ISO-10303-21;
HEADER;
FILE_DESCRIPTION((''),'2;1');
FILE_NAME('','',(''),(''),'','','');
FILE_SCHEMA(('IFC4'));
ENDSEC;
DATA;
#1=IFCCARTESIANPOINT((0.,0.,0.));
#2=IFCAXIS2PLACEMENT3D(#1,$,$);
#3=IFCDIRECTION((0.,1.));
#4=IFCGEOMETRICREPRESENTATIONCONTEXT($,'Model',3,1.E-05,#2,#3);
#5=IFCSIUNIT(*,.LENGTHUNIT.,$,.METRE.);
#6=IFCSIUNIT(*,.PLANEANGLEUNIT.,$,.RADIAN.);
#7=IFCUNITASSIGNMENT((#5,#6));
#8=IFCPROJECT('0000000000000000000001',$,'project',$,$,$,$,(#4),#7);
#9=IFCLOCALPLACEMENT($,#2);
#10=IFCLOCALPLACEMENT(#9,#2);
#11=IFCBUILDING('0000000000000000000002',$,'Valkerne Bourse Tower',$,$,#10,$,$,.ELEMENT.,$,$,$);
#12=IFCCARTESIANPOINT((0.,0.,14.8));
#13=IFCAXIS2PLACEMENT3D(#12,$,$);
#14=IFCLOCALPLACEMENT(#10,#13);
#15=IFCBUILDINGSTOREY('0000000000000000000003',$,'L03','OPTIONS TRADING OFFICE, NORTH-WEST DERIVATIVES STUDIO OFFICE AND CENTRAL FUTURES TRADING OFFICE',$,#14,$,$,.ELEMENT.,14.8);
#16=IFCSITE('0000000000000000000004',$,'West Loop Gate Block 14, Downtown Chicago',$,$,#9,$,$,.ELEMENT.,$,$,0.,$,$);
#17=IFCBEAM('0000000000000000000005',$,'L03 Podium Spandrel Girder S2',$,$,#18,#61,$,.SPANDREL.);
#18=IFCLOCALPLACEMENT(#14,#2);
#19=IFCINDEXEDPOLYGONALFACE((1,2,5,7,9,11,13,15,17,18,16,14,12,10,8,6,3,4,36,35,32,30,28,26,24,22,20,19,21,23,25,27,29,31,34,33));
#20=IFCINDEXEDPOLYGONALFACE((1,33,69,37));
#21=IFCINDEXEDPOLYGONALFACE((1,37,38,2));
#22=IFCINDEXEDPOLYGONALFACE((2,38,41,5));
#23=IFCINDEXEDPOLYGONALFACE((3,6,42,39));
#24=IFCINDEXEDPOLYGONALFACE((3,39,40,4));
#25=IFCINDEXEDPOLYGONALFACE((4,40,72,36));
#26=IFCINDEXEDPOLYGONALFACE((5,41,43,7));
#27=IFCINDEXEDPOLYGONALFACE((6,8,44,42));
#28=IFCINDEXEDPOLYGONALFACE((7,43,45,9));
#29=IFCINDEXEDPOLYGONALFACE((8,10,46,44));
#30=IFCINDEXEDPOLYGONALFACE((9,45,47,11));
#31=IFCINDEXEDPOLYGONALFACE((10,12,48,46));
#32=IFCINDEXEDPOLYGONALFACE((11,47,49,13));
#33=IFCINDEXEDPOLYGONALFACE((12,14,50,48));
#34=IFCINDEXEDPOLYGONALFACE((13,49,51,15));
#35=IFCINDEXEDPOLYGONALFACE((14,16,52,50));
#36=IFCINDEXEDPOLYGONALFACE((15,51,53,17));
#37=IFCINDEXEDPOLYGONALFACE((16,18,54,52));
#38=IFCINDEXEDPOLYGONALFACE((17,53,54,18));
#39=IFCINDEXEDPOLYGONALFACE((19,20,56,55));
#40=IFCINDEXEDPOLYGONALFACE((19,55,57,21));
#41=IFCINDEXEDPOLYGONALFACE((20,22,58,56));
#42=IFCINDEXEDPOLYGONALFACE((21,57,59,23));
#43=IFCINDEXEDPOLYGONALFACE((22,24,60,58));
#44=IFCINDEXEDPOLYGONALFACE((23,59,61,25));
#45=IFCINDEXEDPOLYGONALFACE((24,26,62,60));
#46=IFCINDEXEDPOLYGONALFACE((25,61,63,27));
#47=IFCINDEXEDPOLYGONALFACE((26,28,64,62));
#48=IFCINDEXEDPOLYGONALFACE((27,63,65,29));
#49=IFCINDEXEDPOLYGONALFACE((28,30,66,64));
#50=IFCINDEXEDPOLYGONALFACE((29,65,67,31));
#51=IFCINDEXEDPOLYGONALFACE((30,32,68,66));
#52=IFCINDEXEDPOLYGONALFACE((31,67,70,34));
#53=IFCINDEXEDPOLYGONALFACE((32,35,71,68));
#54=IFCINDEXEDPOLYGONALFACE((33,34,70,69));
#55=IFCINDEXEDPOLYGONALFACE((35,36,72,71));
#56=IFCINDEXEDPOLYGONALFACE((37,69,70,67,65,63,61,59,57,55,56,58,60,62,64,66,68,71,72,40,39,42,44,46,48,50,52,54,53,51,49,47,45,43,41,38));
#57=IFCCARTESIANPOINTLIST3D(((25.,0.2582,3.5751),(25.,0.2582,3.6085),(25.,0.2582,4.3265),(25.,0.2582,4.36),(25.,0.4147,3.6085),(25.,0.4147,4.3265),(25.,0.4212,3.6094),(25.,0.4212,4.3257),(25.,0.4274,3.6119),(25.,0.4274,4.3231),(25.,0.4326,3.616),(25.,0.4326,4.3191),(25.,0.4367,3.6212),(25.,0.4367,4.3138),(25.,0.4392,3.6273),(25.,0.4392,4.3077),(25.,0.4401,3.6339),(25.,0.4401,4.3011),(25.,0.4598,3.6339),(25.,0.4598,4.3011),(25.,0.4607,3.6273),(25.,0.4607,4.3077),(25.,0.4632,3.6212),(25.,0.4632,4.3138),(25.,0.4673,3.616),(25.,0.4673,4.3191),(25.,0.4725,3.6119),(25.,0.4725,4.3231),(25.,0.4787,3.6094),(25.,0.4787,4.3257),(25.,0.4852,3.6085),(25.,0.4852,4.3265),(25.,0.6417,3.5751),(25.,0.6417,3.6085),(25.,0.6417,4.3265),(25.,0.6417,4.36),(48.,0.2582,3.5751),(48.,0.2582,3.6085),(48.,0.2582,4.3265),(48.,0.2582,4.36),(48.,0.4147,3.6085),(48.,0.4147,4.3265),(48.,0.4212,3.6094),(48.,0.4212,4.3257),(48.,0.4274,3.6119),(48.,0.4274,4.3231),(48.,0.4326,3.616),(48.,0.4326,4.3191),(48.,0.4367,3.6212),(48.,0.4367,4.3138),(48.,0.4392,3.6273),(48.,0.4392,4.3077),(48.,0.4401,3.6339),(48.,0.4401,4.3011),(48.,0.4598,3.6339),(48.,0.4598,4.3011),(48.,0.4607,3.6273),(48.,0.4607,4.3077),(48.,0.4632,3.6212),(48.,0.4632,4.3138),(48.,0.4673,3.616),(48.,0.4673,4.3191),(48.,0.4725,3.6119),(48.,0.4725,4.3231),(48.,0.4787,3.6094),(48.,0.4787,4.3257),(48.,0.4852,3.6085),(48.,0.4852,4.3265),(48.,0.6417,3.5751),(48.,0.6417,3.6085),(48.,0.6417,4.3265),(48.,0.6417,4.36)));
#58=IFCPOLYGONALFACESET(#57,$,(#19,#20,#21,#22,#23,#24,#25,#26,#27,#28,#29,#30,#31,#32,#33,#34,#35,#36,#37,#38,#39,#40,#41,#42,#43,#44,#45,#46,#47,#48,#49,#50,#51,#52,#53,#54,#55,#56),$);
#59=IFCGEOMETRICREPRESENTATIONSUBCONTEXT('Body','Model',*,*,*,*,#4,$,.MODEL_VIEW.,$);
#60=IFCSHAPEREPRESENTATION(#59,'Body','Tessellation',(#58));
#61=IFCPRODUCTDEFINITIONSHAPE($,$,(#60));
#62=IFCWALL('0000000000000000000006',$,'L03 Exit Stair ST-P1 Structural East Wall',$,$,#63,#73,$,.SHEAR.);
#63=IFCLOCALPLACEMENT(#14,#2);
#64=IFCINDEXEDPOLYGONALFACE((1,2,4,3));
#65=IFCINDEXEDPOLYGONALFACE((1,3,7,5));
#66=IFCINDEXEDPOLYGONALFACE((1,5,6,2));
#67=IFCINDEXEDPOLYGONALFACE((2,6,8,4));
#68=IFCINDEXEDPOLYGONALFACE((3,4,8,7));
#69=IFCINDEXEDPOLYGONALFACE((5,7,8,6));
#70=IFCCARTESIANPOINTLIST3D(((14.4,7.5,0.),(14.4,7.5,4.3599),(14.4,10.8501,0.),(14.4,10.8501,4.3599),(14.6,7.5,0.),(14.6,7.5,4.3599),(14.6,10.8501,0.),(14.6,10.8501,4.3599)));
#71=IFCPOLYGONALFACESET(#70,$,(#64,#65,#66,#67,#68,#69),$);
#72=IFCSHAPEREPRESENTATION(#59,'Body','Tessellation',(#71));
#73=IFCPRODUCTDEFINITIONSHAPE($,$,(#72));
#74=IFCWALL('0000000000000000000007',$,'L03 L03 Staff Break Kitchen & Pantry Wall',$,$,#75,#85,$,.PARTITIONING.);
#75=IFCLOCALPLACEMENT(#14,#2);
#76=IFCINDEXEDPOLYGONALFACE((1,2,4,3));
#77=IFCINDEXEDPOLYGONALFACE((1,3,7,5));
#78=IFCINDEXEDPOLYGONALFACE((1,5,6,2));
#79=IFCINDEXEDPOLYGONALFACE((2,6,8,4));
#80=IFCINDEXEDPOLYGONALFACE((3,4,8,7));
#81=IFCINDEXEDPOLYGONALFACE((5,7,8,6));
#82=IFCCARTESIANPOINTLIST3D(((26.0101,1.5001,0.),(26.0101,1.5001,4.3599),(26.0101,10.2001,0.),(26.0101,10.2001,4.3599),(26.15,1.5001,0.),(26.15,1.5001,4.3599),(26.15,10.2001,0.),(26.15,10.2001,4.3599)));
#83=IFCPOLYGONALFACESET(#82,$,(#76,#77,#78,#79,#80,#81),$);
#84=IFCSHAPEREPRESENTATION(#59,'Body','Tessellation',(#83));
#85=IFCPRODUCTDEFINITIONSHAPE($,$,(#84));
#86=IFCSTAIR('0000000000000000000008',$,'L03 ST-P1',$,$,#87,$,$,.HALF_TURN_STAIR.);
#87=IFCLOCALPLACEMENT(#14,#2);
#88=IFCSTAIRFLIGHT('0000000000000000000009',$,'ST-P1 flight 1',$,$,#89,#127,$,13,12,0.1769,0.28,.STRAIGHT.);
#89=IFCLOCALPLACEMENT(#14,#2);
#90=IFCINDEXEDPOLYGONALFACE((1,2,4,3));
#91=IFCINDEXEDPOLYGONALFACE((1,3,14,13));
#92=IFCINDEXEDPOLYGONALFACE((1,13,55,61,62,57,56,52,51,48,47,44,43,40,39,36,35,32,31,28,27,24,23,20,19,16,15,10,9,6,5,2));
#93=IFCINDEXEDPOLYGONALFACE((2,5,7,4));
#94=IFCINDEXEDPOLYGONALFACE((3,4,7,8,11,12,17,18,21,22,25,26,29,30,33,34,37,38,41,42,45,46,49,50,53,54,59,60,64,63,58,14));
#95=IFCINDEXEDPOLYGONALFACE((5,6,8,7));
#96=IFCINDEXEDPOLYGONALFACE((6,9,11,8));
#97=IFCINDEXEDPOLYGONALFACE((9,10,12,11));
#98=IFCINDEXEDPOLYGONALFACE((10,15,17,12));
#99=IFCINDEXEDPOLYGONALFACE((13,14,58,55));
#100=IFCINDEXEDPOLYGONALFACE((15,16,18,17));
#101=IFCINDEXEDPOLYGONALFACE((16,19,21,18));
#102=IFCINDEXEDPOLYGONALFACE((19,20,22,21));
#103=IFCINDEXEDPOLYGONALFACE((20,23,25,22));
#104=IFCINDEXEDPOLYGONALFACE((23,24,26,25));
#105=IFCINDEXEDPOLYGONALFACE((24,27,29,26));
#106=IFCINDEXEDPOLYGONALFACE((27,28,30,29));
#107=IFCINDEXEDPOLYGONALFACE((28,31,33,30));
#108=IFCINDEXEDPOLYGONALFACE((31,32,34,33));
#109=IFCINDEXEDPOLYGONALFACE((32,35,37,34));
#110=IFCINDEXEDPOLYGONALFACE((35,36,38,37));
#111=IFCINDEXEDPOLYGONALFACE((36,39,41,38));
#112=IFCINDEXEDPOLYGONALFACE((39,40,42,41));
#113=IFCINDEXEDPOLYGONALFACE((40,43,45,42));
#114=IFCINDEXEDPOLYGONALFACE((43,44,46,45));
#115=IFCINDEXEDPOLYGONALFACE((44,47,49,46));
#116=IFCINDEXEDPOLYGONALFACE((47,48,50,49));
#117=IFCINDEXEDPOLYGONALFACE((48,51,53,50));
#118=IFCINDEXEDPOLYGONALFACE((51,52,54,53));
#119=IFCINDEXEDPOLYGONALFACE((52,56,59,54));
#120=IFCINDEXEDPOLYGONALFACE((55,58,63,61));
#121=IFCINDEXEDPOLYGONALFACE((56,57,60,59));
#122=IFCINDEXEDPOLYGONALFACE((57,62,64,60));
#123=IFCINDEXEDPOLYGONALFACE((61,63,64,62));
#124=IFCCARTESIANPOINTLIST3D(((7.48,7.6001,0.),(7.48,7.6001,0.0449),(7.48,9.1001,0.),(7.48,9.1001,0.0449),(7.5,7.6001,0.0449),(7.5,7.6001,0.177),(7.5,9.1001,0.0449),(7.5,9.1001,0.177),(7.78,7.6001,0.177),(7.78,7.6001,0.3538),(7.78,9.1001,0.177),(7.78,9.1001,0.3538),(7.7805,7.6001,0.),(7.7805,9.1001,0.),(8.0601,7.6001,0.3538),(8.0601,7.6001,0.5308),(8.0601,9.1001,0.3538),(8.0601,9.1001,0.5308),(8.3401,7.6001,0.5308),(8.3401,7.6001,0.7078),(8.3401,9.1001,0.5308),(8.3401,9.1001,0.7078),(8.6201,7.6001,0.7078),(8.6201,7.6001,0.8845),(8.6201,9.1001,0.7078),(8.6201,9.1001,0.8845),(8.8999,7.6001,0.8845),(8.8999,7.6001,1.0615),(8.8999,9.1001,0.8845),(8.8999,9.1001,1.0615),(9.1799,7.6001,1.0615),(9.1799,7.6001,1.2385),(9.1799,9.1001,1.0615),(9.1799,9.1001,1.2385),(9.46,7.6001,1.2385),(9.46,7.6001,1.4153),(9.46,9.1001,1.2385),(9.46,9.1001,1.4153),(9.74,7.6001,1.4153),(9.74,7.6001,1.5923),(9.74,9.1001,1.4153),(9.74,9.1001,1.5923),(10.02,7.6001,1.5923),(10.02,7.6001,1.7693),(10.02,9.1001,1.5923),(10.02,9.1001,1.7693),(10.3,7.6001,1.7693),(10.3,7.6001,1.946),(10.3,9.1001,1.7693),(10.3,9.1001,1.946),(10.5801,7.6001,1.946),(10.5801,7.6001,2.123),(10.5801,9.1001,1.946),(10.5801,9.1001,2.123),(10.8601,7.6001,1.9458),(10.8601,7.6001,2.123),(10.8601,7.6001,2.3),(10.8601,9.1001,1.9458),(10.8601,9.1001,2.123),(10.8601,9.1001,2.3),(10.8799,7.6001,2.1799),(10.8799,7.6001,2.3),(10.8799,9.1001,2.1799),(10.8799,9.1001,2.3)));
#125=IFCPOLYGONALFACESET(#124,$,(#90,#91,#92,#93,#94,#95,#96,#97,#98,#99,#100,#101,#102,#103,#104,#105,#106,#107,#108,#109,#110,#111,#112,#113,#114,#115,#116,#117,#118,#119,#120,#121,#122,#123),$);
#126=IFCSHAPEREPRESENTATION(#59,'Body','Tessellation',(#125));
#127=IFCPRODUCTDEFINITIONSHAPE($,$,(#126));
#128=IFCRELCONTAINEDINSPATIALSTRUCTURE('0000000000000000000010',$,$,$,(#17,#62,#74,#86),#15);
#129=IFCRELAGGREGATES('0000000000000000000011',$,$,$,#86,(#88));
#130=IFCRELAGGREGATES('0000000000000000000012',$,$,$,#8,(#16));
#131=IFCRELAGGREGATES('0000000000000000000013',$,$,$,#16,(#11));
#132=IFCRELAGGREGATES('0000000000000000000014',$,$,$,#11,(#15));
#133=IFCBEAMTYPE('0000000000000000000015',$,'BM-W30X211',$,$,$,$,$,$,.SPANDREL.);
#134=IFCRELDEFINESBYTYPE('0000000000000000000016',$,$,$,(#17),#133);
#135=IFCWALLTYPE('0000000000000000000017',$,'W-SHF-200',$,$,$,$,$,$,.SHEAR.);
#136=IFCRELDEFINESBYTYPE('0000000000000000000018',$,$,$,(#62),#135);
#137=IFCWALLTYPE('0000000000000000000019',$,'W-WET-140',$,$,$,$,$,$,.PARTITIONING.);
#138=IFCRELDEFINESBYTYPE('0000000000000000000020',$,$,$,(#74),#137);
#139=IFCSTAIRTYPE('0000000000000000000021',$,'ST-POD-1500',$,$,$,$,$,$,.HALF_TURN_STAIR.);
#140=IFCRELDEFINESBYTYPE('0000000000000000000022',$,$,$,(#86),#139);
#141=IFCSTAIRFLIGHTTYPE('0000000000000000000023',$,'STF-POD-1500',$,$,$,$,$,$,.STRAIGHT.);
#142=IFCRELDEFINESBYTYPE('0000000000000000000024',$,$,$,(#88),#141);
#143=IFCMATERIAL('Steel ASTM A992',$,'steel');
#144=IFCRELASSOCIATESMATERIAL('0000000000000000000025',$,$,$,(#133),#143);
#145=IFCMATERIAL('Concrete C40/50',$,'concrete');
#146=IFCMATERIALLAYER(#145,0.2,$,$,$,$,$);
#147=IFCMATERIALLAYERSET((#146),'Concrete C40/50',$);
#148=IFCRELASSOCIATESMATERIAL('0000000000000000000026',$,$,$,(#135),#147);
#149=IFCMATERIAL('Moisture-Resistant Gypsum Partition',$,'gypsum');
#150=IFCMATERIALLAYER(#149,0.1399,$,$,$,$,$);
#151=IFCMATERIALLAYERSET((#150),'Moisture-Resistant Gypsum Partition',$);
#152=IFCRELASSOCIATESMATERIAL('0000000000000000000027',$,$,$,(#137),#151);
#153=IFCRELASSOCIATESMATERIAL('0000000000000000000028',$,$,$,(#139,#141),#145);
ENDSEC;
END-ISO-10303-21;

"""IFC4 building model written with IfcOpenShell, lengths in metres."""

from ifc_helpers import new_model, si_unit, direction, frame, frame_2d, origin, origin_2d, place, context, subcontext, project, spatial, polyline, rectangle, i_section, outline, extrude, material, layer, layer_set, material_profile, profile_set, type_object, element, aggregate, save


model = new_model("IFC4")

# Units and contexts
model_context = context("Model", 3, precision=1e-05, world=origin(), true_north=direction((0.0, 1.0)))
body_context = subcontext(model_context, "Body", "Model", "MODEL_VIEW")
ifc_project = project(units=[si_unit("LENGTHUNIT", "METRE"), si_unit("PLANEANGLEUNIT", "RADIAN")], contexts=[model_context])

# Site, building, storey
site_placement = place(None, origin())
site = spatial("IfcSite", under=ifc_project, at=site_placement, Name="West Loop Gate Block 14, Downtown Chicago", CompositionType="ELEMENT", RefElevation=0.0)
building_placement = place(site_placement, origin())
building = spatial("IfcBuilding", under=site, at=building_placement, Name="Valkerne Bourse Tower", CompositionType="ELEMENT")
storey_placement = place(building_placement, frame((0.0, 0.0, 14.8)))
storey = spatial("IfcBuildingStorey", under=building, at=storey_placement, Name="L03", Description="OPTIONS TRADING OFFICE, NORTH-WEST DERIVATIVES STUDIO OFFICE AND CENTRAL FUTURES TRADING OFFICE", CompositionType="ELEMENT", Elevation=14.8)

# Beam
ifc_material_1 = material(Name="Steel ASTM A992", Category="steel")
ifc_material_profile_1 = material_profile(ifc_material_1, i_section(OverallWidth=0.3835, OverallDepth=0.7849, WebThickness=0.0198, FlangeThickness=0.0334, FilletRadius=0.0254, at=origin_2d()), Name="W30X211")
ifc_profile_set_1 = profile_set([ifc_material_profile_1], Name="Steel ASTM A992")
beam_type = type_object("IfcBeamType", Name="BM-W30X211", PredefinedType="SPANDREL", material=ifc_profile_set_1)
beam_placement = place(storey_placement, frame((25.0, 0.45, 3.9675), z_axis=(1.0, 0.0, 0.0), x_axis=(0.0, 1.0, 0.0)))
element("IfcBeam", 1, at=beam_placement, inside=storey, type_object=beam_type, Name="L03 Podium Spandrel Girder S2", PredefinedType="SPANDREL", context=body_context, shape_type="SweptSolid", body=[
    extrude(i_section(OverallWidth=0.3835, OverallDepth=0.7849, WebThickness=0.0198, FlangeThickness=0.0334, FilletRadius=0.0254, at=origin_2d()), origin(), (0.0, 0.0, 1.0), 23.0),
])

# Walls
ifc_material_2 = material(Name="Concrete C40/50", Category="concrete")
ifc_layer_1 = layer(ifc_material_2, 0.2)
ifc_layer_set_1 = layer_set([ifc_layer_1], Name="Concrete C40/50")
wall_type_1 = type_object("IfcWallType", Name="W-SHF-200", PredefinedType="SHEAR", material=ifc_layer_set_1)
wall_1_placement = place(storey_placement, frame((14.5, 7.5, 0.0), z_axis=(0.0, 0.0, 1.0), x_axis=(0.0, 1.0, 0.0)))
element("IfcWall", 2, at=wall_1_placement, inside=storey, type_object=wall_type_1, Name="L03 Exit Stair ST-P1 Structural East Wall", PredefinedType="SHEAR", context=body_context, shape_type="SweptSolid", body=[
    extrude(rectangle(XDim=3.3501, YDim=0.2, at=frame_2d((1.675, 0.0))), origin(), (0.0, 0.0, 1.0), 4.3599),
])
ifc_material_3 = material(Name="Moisture-Resistant Gypsum Partition", Category="gypsum")
ifc_layer_2 = layer(ifc_material_3, 0.1399)
ifc_layer_set_2 = layer_set([ifc_layer_2], Name="Moisture-Resistant Gypsum Partition")
wall_type_2 = type_object("IfcWallType", Name="W-WET-140", PredefinedType="PARTITIONING", material=ifc_layer_set_2)
wall_2_placement = place(storey_placement, frame((26.0801, 1.5, 0.0), z_axis=(0.0, 0.0, 1.0), x_axis=(0.0, 1.0, 0.0)))
element("IfcWall", 3, at=wall_2_placement, inside=storey, type_object=wall_type_2, Name="L03 L03 Staff Break Kitchen & Pantry Wall", PredefinedType="PARTITIONING", context=body_context, shape_type="SweptSolid", body=[
    extrude(rectangle(XDim=8.7, YDim=0.1399, at=frame_2d((4.3501, 0.0))), origin(), (0.0, 0.0, 1.0), 4.3599),
])

# Stair, stair flight
stair_type = type_object("IfcStairType", Name="ST-POD-1500", PredefinedType="HALF_TURN_STAIR", material=ifc_material_2)
stair_placement = place(storey_placement, origin())
stair = element("IfcStair", 4, at=stair_placement, inside=storey, type_object=stair_type, Name="L03 ST-P1", PredefinedType="HALF_TURN_STAIR")
stair_flight_type = type_object("IfcStairFlightType", Name="STF-POD-1500", PredefinedType="STRAIGHT", material=ifc_material_2)
stair_flight_placement = place(storey_placement, frame((7.5, 8.3501, 0.0), z_axis=(0.0, 0.0, 1.0), x_axis=(1.0, 0.0, 0.0)))
stair_flight = element("IfcStairFlight", 5, at=stair_flight_placement, type_object=stair_flight_type, Name="ST-P1 flight 1", NumberOfRisers=13, NumberOfTreads=12, PredefinedType="STRAIGHT", RiserHeight=0.1769, TreadLength=0.28, context=body_context, shape_type="SweptSolid", body=[
    extrude(outline(polyline([(-0.02, 0.0), (-0.02, 0.0449), (0.0, 0.0449), (0.0, 0.177), (0.28, 0.177), (0.28, 0.3538), (0.5601, 0.3538), (0.5601, 0.5308), (0.8401, 0.5308), (0.8401, 0.7078), (1.1201, 0.7078), (1.1201, 0.8845), (1.3999, 0.8845), (1.3999, 1.0615), (1.6799, 1.0615), (1.6799, 1.2385), (1.96, 1.2385), (1.96, 1.4153), (2.24, 1.4153), (2.24, 1.5923), (2.52, 1.5923), (2.52, 1.7693), (2.8, 1.7693), (2.8, 1.946), (3.0801, 1.946), (3.0801, 2.123), (3.3601, 2.123), (3.3601, 2.3), (3.3799, 2.3), (3.3799, 2.1799), (3.3601, 1.9458), (0.2805, 0.0), (-0.02, 0.0)])), frame((0.0, 0.75, 0.0), z_axis=(0.0, -1.0, 0.0), x_axis=(1.0, 0.0, 0.0)), (0.0, 0.0, 1.0), 1.5),
])
aggregate(stair, [stair_flight])

save(model, "model.ifc")
